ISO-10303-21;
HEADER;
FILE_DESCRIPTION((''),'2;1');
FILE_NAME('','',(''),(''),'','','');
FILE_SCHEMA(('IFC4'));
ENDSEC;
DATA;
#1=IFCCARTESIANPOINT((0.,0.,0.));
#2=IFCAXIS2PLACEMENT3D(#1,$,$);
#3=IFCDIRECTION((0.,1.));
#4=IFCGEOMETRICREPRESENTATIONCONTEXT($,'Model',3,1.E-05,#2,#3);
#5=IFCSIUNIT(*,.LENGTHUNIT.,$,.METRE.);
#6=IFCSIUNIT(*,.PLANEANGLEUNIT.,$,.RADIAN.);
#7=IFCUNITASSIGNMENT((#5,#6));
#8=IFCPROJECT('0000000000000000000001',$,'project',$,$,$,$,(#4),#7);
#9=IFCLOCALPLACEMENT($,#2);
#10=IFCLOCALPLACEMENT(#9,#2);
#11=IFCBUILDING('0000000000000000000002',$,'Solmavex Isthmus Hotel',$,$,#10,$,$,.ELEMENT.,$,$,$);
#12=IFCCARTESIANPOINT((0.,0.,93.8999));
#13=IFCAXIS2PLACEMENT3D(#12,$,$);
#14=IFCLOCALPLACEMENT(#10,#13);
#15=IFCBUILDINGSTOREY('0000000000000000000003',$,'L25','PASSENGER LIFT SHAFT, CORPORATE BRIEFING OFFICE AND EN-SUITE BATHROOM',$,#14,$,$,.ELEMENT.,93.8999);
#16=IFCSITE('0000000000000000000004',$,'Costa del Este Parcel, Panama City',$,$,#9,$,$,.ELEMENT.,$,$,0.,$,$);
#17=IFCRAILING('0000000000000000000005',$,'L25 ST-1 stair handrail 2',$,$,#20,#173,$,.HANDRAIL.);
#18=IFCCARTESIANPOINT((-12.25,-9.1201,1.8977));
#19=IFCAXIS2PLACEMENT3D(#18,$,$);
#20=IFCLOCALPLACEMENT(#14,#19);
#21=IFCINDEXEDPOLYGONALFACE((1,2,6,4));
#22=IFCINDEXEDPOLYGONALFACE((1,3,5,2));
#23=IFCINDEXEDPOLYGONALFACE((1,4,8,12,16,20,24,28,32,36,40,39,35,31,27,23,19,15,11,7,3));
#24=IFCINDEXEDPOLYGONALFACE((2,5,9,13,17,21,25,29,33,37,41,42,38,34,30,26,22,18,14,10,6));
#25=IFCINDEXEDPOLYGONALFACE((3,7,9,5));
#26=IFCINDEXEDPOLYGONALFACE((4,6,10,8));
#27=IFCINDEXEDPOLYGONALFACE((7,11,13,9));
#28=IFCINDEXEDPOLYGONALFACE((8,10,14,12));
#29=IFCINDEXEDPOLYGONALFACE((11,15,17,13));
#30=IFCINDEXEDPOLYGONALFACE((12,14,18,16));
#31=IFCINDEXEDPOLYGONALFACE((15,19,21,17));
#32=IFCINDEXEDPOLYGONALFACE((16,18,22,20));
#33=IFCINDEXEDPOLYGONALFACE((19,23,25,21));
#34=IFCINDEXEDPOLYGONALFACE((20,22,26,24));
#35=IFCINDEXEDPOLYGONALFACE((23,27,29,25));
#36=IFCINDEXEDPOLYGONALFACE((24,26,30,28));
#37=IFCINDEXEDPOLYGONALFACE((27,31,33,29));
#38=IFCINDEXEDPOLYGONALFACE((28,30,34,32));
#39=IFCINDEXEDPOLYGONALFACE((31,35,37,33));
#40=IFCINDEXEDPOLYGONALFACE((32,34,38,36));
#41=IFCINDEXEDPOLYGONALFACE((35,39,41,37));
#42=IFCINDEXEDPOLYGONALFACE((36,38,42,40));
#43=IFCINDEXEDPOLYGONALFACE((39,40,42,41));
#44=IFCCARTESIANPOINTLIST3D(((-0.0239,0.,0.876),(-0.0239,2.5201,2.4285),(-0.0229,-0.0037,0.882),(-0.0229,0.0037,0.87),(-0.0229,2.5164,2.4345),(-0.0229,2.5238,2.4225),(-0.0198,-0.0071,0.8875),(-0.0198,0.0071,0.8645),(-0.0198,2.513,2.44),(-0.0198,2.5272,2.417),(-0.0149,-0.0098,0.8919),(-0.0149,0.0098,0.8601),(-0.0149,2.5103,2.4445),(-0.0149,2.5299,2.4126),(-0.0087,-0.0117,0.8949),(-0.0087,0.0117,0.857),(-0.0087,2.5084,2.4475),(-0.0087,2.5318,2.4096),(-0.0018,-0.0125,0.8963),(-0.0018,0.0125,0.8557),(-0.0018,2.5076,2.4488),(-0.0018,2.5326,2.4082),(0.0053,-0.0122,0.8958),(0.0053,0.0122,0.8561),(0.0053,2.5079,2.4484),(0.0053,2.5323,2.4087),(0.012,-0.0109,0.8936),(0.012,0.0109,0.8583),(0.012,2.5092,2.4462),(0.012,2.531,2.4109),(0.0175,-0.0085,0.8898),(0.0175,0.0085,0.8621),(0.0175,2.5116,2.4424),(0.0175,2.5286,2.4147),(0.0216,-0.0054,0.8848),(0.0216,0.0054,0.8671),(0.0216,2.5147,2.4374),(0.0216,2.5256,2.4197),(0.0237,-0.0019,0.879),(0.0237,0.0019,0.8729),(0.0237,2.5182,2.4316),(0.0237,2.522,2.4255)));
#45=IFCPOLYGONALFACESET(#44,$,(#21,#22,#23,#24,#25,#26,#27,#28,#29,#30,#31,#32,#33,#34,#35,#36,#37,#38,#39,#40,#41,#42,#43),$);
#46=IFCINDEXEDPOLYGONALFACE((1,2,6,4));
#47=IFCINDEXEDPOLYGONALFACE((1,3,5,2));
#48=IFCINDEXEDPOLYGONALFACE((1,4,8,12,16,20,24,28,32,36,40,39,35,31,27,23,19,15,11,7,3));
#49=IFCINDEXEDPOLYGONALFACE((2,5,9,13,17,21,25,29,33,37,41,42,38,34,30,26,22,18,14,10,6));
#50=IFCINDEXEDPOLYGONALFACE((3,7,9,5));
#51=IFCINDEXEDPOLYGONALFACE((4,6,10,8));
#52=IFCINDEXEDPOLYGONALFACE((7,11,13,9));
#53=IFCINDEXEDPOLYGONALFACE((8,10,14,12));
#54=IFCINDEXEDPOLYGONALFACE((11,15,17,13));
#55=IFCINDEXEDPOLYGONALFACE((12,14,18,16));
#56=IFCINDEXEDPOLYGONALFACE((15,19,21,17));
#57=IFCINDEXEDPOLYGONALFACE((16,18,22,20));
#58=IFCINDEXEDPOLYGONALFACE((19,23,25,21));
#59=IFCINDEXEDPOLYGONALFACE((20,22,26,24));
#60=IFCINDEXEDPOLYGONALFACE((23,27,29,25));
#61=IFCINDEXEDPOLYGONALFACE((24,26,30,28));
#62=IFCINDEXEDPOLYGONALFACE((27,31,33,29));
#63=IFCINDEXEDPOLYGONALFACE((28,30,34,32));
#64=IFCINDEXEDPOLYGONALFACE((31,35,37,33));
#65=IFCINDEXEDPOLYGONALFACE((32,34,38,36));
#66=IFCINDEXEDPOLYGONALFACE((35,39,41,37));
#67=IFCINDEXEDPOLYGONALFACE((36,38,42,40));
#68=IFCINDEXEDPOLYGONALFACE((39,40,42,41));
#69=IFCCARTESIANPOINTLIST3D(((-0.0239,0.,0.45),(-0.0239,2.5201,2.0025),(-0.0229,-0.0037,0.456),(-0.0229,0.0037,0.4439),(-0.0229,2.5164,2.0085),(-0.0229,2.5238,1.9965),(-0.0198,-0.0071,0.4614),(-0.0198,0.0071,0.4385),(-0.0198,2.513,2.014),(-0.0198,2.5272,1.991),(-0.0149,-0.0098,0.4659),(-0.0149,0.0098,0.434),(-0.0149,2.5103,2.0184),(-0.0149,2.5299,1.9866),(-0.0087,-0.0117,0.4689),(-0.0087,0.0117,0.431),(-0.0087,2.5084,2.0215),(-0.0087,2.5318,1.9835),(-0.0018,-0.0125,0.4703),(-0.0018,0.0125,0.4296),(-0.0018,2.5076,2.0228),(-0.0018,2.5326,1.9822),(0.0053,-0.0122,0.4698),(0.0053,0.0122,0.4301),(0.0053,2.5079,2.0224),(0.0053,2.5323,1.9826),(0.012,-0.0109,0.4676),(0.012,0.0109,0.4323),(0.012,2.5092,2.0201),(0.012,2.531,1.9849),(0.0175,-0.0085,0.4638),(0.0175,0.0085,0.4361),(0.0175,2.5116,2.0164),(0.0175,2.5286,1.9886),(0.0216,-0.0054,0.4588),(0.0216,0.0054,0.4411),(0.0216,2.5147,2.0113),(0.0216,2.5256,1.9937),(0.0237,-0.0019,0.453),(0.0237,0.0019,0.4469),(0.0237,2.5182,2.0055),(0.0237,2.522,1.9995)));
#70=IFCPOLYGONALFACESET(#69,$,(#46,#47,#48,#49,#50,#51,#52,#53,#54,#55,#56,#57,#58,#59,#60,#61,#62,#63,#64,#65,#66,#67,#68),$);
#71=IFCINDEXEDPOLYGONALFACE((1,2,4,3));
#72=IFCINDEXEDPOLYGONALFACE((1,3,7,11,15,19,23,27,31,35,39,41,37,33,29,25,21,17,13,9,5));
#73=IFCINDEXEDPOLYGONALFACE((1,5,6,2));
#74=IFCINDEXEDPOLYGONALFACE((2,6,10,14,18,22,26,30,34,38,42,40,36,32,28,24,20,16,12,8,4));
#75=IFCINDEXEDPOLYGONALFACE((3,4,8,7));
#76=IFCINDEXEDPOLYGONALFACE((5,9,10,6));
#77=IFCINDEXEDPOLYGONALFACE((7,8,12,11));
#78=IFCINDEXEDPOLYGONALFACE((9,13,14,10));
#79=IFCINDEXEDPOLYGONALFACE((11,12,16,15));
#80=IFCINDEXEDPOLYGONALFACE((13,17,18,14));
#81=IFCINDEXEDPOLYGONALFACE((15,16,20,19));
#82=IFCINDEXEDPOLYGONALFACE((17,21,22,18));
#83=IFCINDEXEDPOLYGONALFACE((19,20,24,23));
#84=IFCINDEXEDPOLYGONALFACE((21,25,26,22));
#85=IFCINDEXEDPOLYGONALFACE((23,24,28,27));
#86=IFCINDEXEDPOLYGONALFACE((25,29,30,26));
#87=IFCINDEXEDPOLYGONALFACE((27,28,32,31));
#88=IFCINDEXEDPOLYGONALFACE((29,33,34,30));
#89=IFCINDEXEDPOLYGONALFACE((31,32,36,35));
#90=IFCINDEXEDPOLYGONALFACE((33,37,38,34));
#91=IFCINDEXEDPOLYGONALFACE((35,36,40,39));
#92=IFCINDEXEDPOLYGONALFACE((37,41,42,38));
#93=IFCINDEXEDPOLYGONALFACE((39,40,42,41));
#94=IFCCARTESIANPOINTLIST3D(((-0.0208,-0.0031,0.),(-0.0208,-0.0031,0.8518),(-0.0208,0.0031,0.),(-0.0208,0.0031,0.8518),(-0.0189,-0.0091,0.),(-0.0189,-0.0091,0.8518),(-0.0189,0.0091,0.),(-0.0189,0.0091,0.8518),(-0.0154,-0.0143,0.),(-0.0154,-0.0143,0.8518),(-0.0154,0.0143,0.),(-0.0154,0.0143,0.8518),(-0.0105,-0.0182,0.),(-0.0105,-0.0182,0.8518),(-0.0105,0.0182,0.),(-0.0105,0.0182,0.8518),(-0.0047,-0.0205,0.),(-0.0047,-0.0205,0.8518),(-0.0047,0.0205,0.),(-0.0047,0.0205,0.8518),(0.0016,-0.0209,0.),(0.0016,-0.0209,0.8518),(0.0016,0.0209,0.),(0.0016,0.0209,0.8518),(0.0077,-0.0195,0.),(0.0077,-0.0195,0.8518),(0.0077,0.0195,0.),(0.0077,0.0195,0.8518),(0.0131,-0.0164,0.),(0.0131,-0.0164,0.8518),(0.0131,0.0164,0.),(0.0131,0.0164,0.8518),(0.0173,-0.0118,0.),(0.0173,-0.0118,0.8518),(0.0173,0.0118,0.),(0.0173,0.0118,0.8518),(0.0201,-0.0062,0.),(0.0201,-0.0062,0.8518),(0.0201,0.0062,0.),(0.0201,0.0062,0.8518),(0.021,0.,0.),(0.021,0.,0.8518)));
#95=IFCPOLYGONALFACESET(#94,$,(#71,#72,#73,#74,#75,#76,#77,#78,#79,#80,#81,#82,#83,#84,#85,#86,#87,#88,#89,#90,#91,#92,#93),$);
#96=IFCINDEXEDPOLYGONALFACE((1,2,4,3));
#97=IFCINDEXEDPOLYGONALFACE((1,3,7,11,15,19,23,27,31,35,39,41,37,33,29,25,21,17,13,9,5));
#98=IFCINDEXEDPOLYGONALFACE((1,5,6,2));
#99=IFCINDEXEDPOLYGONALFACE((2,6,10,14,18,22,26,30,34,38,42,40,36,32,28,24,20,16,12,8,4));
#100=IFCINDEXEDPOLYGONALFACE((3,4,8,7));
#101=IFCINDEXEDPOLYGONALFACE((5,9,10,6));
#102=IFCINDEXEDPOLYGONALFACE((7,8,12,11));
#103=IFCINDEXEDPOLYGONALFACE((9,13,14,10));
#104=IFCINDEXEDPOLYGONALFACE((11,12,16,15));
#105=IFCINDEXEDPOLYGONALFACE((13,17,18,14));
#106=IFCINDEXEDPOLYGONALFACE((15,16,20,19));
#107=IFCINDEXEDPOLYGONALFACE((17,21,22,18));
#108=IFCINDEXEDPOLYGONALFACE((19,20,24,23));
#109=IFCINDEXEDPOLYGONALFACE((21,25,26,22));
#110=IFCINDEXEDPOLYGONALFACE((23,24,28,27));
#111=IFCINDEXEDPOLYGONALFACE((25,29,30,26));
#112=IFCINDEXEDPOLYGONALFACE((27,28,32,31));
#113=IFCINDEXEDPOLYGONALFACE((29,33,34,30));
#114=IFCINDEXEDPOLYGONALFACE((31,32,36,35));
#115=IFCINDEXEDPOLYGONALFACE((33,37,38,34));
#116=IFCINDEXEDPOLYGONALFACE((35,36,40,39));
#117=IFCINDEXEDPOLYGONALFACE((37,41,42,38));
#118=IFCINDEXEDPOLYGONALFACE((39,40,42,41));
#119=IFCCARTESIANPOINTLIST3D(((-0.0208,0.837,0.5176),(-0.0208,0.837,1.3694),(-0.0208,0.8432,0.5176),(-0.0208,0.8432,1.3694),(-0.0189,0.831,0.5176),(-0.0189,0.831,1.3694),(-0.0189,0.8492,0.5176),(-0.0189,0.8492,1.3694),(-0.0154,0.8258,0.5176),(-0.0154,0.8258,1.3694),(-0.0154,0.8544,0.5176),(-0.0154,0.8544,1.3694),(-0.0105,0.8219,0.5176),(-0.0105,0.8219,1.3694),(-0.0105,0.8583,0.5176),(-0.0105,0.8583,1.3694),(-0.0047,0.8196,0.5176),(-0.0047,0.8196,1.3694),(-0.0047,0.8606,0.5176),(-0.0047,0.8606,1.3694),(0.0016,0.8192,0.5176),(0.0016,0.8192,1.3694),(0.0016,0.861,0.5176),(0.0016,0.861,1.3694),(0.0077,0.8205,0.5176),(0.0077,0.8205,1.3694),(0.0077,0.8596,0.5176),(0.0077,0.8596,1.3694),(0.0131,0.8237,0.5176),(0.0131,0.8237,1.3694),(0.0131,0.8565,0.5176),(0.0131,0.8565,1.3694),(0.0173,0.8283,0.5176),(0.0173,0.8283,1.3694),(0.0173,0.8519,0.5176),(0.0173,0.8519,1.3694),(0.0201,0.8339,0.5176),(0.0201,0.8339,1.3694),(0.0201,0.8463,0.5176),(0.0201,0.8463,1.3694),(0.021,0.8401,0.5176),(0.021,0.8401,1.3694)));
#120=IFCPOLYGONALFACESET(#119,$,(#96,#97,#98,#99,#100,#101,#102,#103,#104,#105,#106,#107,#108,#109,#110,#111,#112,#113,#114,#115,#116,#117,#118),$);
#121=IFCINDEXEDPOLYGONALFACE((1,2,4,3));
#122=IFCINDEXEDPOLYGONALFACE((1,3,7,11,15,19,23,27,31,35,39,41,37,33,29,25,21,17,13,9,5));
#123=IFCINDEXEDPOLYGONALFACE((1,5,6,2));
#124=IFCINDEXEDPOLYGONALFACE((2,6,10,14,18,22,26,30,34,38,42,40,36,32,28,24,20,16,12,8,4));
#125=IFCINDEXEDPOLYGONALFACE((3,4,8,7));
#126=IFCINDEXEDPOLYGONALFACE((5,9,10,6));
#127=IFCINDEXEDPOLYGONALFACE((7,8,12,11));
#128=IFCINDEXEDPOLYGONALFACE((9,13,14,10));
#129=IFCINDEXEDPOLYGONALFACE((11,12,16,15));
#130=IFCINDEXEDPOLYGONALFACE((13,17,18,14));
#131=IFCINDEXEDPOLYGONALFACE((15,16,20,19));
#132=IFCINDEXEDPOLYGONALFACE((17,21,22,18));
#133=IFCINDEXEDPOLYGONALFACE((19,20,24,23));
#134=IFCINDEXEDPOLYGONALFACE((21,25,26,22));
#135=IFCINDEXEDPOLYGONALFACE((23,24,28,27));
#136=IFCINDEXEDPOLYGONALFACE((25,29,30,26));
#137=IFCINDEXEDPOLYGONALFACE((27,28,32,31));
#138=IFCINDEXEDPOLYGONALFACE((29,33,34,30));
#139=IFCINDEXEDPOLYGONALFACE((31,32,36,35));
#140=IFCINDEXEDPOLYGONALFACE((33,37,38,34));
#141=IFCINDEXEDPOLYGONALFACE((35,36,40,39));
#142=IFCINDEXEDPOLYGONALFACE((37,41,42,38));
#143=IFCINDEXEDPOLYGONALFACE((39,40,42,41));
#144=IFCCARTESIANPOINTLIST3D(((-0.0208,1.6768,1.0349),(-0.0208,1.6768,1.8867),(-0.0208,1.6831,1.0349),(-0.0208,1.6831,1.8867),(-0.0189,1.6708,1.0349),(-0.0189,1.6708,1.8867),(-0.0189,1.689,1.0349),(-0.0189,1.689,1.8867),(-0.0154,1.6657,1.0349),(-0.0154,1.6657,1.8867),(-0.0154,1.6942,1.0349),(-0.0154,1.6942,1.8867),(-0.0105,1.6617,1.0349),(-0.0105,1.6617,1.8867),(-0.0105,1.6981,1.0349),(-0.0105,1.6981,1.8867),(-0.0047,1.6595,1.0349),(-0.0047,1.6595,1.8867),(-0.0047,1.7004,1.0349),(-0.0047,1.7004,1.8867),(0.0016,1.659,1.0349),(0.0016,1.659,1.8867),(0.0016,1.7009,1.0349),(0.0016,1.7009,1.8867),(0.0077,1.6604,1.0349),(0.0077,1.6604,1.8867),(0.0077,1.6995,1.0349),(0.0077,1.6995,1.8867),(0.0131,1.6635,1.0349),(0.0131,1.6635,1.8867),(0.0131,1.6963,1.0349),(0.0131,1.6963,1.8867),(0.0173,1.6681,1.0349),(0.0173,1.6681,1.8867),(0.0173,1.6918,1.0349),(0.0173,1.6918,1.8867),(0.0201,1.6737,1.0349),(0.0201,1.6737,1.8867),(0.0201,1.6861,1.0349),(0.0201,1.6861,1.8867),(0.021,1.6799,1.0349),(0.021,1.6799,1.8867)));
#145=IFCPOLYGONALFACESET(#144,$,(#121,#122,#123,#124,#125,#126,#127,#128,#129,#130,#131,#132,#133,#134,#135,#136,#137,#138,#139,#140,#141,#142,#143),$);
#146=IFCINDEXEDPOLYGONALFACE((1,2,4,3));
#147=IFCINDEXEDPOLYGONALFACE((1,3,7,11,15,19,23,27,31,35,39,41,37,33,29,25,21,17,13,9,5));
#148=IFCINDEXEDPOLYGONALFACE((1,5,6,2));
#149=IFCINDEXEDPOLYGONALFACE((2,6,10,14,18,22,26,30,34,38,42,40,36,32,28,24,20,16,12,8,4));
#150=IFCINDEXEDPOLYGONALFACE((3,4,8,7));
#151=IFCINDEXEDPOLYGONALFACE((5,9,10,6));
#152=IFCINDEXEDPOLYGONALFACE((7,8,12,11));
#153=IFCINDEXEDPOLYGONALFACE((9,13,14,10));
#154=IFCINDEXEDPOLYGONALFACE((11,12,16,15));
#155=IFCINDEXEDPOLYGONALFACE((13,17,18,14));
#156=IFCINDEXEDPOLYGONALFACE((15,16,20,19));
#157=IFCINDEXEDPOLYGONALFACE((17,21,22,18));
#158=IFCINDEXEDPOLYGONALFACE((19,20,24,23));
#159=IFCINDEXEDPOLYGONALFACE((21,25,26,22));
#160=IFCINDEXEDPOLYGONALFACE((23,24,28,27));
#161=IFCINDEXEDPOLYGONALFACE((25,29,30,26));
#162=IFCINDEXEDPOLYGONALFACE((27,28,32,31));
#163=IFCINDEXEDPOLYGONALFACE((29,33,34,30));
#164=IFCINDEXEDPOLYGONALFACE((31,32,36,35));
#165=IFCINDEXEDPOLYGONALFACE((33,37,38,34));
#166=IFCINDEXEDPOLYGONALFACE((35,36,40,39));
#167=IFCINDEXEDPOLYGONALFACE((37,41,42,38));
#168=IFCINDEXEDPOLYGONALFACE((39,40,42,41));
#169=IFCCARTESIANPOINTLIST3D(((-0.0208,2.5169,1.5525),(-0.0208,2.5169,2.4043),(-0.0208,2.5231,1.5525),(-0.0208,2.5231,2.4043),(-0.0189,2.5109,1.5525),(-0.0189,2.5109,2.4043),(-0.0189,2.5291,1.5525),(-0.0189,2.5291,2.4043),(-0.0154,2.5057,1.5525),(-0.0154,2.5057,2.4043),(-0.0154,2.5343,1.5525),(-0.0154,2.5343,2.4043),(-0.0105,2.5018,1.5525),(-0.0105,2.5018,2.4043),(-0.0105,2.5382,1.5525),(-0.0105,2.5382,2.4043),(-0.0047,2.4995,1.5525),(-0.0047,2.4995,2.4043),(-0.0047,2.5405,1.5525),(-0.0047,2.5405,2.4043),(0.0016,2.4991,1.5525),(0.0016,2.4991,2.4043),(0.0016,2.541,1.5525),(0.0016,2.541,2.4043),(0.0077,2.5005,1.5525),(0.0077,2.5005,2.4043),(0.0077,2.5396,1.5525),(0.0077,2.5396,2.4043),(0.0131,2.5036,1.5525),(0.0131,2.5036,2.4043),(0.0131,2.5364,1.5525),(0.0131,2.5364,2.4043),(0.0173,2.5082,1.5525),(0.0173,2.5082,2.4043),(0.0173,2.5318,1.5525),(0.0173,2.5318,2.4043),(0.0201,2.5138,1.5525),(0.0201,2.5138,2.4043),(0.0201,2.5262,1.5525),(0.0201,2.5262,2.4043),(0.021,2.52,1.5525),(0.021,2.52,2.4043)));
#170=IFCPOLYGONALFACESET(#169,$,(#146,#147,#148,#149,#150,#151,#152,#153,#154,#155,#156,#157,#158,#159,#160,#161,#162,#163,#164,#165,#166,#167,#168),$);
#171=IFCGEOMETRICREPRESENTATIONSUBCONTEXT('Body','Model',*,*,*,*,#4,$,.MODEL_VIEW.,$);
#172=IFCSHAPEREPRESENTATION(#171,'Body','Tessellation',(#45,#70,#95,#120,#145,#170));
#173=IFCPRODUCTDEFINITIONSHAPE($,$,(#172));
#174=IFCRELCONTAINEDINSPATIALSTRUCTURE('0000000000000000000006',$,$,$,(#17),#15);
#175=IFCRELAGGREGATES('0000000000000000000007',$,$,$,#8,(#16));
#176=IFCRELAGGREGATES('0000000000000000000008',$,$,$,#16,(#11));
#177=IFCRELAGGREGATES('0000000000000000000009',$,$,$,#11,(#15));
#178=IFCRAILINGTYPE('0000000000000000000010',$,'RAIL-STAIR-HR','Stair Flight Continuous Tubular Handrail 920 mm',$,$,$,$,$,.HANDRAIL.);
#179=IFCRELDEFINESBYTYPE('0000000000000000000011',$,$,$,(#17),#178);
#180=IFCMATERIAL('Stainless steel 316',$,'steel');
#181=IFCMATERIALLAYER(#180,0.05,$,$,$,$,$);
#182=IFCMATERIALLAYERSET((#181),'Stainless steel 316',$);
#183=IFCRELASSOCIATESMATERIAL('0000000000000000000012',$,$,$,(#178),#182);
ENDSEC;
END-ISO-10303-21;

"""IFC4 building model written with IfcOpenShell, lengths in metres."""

from ifc_helpers import new_model, si_unit, direction, frame, origin, origin_2d, place, context, subcontext, project, spatial, circle, extrude, material, layer, layer_set, type_object, element, save


model = new_model("IFC4")

# Units and contexts
model_context = context("Model", 3, precision=1e-05, world=origin(), true_north=direction((0.0, 1.0)))
body_context = subcontext(model_context, "Body", "Model", "MODEL_VIEW")
ifc_project = project(units=[si_unit("LENGTHUNIT", "METRE"), si_unit("PLANEANGLEUNIT", "RADIAN")], contexts=[model_context])

# Site, building, storey
site_placement = place(None, origin())
site = spatial("IfcSite", under=ifc_project, at=site_placement, Name="Costa del Este Parcel, Panama City", CompositionType="ELEMENT", RefElevation=0.0)
building_placement = place(site_placement, origin())
building = spatial("IfcBuilding", under=site, at=building_placement, Name="Solmavex Isthmus Hotel", CompositionType="ELEMENT")
storey_placement = place(building_placement, frame((0.0, 0.0, 93.8999)))
storey = spatial("IfcBuildingStorey", under=building, at=storey_placement, Name="L25", Description="PASSENGER LIFT SHAFT, CORPORATE BRIEFING OFFICE AND EN-SUITE BATHROOM", CompositionType="ELEMENT", Elevation=93.8999)

# Shared definitions
ifc_material_1 = material(Name="Stainless steel 316", Category="steel")

# Railing
ifc_layer_1 = layer(ifc_material_1, 0.05)
ifc_layer_set_1 = layer_set([ifc_layer_1], Name="Stainless steel 316")
railing_type_1 = type_object("IfcRailingType", Name="RAIL-STAIR-HR", Description="Stair Flight Continuous Tubular Handrail 920 mm", PredefinedType="HANDRAIL", material=ifc_layer_set_1)
railing_1_placement = place(storey_placement, frame((-12.25, -9.1201, 1.8977)))
element("IfcRailing", 1, at=railing_1_placement, inside=storey, type_object=railing_type_1, Name="L25 ST-1 stair handrail 2", PredefinedType="HANDRAIL", context=body_context, shape_type="SweptSolid", body=[
    extrude(circle(Radius=0.0239, at=origin_2d()), frame((0.0, 0.0, 0.876), z_axis=(0.0, 0.8514, 0.524516), x_axis=(-1.0, 0.0, 0.0)), (0.0, 0.0, 1.0), 2.96),
    extrude(circle(Radius=0.0239, at=origin_2d()), frame((0.0, 0.0, 0.45), z_axis=(0.0, 0.8514, 0.524516), x_axis=(-1.0, 0.0, 0.0)), (0.0, 0.0, 1.0), 2.96),
    extrude(circle(Radius=0.021, at=origin_2d()), origin(), (0.0, 0.0, 1.0), 0.8518),
    extrude(circle(Radius=0.021, at=origin_2d()), frame((0.0, 0.8401, 0.5176)), (0.0, 0.0, 1.0), 0.8518),
    extrude(circle(Radius=0.021, at=origin_2d()), frame((0.0, 1.6799, 1.0349)), (0.0, 0.0, 1.0), 0.8518),
    extrude(circle(Radius=0.021, at=origin_2d()), frame((0.0, 2.52, 1.5525)), (0.0, 0.0, 1.0), 0.8518),
])

save(model, "model.ifc")
